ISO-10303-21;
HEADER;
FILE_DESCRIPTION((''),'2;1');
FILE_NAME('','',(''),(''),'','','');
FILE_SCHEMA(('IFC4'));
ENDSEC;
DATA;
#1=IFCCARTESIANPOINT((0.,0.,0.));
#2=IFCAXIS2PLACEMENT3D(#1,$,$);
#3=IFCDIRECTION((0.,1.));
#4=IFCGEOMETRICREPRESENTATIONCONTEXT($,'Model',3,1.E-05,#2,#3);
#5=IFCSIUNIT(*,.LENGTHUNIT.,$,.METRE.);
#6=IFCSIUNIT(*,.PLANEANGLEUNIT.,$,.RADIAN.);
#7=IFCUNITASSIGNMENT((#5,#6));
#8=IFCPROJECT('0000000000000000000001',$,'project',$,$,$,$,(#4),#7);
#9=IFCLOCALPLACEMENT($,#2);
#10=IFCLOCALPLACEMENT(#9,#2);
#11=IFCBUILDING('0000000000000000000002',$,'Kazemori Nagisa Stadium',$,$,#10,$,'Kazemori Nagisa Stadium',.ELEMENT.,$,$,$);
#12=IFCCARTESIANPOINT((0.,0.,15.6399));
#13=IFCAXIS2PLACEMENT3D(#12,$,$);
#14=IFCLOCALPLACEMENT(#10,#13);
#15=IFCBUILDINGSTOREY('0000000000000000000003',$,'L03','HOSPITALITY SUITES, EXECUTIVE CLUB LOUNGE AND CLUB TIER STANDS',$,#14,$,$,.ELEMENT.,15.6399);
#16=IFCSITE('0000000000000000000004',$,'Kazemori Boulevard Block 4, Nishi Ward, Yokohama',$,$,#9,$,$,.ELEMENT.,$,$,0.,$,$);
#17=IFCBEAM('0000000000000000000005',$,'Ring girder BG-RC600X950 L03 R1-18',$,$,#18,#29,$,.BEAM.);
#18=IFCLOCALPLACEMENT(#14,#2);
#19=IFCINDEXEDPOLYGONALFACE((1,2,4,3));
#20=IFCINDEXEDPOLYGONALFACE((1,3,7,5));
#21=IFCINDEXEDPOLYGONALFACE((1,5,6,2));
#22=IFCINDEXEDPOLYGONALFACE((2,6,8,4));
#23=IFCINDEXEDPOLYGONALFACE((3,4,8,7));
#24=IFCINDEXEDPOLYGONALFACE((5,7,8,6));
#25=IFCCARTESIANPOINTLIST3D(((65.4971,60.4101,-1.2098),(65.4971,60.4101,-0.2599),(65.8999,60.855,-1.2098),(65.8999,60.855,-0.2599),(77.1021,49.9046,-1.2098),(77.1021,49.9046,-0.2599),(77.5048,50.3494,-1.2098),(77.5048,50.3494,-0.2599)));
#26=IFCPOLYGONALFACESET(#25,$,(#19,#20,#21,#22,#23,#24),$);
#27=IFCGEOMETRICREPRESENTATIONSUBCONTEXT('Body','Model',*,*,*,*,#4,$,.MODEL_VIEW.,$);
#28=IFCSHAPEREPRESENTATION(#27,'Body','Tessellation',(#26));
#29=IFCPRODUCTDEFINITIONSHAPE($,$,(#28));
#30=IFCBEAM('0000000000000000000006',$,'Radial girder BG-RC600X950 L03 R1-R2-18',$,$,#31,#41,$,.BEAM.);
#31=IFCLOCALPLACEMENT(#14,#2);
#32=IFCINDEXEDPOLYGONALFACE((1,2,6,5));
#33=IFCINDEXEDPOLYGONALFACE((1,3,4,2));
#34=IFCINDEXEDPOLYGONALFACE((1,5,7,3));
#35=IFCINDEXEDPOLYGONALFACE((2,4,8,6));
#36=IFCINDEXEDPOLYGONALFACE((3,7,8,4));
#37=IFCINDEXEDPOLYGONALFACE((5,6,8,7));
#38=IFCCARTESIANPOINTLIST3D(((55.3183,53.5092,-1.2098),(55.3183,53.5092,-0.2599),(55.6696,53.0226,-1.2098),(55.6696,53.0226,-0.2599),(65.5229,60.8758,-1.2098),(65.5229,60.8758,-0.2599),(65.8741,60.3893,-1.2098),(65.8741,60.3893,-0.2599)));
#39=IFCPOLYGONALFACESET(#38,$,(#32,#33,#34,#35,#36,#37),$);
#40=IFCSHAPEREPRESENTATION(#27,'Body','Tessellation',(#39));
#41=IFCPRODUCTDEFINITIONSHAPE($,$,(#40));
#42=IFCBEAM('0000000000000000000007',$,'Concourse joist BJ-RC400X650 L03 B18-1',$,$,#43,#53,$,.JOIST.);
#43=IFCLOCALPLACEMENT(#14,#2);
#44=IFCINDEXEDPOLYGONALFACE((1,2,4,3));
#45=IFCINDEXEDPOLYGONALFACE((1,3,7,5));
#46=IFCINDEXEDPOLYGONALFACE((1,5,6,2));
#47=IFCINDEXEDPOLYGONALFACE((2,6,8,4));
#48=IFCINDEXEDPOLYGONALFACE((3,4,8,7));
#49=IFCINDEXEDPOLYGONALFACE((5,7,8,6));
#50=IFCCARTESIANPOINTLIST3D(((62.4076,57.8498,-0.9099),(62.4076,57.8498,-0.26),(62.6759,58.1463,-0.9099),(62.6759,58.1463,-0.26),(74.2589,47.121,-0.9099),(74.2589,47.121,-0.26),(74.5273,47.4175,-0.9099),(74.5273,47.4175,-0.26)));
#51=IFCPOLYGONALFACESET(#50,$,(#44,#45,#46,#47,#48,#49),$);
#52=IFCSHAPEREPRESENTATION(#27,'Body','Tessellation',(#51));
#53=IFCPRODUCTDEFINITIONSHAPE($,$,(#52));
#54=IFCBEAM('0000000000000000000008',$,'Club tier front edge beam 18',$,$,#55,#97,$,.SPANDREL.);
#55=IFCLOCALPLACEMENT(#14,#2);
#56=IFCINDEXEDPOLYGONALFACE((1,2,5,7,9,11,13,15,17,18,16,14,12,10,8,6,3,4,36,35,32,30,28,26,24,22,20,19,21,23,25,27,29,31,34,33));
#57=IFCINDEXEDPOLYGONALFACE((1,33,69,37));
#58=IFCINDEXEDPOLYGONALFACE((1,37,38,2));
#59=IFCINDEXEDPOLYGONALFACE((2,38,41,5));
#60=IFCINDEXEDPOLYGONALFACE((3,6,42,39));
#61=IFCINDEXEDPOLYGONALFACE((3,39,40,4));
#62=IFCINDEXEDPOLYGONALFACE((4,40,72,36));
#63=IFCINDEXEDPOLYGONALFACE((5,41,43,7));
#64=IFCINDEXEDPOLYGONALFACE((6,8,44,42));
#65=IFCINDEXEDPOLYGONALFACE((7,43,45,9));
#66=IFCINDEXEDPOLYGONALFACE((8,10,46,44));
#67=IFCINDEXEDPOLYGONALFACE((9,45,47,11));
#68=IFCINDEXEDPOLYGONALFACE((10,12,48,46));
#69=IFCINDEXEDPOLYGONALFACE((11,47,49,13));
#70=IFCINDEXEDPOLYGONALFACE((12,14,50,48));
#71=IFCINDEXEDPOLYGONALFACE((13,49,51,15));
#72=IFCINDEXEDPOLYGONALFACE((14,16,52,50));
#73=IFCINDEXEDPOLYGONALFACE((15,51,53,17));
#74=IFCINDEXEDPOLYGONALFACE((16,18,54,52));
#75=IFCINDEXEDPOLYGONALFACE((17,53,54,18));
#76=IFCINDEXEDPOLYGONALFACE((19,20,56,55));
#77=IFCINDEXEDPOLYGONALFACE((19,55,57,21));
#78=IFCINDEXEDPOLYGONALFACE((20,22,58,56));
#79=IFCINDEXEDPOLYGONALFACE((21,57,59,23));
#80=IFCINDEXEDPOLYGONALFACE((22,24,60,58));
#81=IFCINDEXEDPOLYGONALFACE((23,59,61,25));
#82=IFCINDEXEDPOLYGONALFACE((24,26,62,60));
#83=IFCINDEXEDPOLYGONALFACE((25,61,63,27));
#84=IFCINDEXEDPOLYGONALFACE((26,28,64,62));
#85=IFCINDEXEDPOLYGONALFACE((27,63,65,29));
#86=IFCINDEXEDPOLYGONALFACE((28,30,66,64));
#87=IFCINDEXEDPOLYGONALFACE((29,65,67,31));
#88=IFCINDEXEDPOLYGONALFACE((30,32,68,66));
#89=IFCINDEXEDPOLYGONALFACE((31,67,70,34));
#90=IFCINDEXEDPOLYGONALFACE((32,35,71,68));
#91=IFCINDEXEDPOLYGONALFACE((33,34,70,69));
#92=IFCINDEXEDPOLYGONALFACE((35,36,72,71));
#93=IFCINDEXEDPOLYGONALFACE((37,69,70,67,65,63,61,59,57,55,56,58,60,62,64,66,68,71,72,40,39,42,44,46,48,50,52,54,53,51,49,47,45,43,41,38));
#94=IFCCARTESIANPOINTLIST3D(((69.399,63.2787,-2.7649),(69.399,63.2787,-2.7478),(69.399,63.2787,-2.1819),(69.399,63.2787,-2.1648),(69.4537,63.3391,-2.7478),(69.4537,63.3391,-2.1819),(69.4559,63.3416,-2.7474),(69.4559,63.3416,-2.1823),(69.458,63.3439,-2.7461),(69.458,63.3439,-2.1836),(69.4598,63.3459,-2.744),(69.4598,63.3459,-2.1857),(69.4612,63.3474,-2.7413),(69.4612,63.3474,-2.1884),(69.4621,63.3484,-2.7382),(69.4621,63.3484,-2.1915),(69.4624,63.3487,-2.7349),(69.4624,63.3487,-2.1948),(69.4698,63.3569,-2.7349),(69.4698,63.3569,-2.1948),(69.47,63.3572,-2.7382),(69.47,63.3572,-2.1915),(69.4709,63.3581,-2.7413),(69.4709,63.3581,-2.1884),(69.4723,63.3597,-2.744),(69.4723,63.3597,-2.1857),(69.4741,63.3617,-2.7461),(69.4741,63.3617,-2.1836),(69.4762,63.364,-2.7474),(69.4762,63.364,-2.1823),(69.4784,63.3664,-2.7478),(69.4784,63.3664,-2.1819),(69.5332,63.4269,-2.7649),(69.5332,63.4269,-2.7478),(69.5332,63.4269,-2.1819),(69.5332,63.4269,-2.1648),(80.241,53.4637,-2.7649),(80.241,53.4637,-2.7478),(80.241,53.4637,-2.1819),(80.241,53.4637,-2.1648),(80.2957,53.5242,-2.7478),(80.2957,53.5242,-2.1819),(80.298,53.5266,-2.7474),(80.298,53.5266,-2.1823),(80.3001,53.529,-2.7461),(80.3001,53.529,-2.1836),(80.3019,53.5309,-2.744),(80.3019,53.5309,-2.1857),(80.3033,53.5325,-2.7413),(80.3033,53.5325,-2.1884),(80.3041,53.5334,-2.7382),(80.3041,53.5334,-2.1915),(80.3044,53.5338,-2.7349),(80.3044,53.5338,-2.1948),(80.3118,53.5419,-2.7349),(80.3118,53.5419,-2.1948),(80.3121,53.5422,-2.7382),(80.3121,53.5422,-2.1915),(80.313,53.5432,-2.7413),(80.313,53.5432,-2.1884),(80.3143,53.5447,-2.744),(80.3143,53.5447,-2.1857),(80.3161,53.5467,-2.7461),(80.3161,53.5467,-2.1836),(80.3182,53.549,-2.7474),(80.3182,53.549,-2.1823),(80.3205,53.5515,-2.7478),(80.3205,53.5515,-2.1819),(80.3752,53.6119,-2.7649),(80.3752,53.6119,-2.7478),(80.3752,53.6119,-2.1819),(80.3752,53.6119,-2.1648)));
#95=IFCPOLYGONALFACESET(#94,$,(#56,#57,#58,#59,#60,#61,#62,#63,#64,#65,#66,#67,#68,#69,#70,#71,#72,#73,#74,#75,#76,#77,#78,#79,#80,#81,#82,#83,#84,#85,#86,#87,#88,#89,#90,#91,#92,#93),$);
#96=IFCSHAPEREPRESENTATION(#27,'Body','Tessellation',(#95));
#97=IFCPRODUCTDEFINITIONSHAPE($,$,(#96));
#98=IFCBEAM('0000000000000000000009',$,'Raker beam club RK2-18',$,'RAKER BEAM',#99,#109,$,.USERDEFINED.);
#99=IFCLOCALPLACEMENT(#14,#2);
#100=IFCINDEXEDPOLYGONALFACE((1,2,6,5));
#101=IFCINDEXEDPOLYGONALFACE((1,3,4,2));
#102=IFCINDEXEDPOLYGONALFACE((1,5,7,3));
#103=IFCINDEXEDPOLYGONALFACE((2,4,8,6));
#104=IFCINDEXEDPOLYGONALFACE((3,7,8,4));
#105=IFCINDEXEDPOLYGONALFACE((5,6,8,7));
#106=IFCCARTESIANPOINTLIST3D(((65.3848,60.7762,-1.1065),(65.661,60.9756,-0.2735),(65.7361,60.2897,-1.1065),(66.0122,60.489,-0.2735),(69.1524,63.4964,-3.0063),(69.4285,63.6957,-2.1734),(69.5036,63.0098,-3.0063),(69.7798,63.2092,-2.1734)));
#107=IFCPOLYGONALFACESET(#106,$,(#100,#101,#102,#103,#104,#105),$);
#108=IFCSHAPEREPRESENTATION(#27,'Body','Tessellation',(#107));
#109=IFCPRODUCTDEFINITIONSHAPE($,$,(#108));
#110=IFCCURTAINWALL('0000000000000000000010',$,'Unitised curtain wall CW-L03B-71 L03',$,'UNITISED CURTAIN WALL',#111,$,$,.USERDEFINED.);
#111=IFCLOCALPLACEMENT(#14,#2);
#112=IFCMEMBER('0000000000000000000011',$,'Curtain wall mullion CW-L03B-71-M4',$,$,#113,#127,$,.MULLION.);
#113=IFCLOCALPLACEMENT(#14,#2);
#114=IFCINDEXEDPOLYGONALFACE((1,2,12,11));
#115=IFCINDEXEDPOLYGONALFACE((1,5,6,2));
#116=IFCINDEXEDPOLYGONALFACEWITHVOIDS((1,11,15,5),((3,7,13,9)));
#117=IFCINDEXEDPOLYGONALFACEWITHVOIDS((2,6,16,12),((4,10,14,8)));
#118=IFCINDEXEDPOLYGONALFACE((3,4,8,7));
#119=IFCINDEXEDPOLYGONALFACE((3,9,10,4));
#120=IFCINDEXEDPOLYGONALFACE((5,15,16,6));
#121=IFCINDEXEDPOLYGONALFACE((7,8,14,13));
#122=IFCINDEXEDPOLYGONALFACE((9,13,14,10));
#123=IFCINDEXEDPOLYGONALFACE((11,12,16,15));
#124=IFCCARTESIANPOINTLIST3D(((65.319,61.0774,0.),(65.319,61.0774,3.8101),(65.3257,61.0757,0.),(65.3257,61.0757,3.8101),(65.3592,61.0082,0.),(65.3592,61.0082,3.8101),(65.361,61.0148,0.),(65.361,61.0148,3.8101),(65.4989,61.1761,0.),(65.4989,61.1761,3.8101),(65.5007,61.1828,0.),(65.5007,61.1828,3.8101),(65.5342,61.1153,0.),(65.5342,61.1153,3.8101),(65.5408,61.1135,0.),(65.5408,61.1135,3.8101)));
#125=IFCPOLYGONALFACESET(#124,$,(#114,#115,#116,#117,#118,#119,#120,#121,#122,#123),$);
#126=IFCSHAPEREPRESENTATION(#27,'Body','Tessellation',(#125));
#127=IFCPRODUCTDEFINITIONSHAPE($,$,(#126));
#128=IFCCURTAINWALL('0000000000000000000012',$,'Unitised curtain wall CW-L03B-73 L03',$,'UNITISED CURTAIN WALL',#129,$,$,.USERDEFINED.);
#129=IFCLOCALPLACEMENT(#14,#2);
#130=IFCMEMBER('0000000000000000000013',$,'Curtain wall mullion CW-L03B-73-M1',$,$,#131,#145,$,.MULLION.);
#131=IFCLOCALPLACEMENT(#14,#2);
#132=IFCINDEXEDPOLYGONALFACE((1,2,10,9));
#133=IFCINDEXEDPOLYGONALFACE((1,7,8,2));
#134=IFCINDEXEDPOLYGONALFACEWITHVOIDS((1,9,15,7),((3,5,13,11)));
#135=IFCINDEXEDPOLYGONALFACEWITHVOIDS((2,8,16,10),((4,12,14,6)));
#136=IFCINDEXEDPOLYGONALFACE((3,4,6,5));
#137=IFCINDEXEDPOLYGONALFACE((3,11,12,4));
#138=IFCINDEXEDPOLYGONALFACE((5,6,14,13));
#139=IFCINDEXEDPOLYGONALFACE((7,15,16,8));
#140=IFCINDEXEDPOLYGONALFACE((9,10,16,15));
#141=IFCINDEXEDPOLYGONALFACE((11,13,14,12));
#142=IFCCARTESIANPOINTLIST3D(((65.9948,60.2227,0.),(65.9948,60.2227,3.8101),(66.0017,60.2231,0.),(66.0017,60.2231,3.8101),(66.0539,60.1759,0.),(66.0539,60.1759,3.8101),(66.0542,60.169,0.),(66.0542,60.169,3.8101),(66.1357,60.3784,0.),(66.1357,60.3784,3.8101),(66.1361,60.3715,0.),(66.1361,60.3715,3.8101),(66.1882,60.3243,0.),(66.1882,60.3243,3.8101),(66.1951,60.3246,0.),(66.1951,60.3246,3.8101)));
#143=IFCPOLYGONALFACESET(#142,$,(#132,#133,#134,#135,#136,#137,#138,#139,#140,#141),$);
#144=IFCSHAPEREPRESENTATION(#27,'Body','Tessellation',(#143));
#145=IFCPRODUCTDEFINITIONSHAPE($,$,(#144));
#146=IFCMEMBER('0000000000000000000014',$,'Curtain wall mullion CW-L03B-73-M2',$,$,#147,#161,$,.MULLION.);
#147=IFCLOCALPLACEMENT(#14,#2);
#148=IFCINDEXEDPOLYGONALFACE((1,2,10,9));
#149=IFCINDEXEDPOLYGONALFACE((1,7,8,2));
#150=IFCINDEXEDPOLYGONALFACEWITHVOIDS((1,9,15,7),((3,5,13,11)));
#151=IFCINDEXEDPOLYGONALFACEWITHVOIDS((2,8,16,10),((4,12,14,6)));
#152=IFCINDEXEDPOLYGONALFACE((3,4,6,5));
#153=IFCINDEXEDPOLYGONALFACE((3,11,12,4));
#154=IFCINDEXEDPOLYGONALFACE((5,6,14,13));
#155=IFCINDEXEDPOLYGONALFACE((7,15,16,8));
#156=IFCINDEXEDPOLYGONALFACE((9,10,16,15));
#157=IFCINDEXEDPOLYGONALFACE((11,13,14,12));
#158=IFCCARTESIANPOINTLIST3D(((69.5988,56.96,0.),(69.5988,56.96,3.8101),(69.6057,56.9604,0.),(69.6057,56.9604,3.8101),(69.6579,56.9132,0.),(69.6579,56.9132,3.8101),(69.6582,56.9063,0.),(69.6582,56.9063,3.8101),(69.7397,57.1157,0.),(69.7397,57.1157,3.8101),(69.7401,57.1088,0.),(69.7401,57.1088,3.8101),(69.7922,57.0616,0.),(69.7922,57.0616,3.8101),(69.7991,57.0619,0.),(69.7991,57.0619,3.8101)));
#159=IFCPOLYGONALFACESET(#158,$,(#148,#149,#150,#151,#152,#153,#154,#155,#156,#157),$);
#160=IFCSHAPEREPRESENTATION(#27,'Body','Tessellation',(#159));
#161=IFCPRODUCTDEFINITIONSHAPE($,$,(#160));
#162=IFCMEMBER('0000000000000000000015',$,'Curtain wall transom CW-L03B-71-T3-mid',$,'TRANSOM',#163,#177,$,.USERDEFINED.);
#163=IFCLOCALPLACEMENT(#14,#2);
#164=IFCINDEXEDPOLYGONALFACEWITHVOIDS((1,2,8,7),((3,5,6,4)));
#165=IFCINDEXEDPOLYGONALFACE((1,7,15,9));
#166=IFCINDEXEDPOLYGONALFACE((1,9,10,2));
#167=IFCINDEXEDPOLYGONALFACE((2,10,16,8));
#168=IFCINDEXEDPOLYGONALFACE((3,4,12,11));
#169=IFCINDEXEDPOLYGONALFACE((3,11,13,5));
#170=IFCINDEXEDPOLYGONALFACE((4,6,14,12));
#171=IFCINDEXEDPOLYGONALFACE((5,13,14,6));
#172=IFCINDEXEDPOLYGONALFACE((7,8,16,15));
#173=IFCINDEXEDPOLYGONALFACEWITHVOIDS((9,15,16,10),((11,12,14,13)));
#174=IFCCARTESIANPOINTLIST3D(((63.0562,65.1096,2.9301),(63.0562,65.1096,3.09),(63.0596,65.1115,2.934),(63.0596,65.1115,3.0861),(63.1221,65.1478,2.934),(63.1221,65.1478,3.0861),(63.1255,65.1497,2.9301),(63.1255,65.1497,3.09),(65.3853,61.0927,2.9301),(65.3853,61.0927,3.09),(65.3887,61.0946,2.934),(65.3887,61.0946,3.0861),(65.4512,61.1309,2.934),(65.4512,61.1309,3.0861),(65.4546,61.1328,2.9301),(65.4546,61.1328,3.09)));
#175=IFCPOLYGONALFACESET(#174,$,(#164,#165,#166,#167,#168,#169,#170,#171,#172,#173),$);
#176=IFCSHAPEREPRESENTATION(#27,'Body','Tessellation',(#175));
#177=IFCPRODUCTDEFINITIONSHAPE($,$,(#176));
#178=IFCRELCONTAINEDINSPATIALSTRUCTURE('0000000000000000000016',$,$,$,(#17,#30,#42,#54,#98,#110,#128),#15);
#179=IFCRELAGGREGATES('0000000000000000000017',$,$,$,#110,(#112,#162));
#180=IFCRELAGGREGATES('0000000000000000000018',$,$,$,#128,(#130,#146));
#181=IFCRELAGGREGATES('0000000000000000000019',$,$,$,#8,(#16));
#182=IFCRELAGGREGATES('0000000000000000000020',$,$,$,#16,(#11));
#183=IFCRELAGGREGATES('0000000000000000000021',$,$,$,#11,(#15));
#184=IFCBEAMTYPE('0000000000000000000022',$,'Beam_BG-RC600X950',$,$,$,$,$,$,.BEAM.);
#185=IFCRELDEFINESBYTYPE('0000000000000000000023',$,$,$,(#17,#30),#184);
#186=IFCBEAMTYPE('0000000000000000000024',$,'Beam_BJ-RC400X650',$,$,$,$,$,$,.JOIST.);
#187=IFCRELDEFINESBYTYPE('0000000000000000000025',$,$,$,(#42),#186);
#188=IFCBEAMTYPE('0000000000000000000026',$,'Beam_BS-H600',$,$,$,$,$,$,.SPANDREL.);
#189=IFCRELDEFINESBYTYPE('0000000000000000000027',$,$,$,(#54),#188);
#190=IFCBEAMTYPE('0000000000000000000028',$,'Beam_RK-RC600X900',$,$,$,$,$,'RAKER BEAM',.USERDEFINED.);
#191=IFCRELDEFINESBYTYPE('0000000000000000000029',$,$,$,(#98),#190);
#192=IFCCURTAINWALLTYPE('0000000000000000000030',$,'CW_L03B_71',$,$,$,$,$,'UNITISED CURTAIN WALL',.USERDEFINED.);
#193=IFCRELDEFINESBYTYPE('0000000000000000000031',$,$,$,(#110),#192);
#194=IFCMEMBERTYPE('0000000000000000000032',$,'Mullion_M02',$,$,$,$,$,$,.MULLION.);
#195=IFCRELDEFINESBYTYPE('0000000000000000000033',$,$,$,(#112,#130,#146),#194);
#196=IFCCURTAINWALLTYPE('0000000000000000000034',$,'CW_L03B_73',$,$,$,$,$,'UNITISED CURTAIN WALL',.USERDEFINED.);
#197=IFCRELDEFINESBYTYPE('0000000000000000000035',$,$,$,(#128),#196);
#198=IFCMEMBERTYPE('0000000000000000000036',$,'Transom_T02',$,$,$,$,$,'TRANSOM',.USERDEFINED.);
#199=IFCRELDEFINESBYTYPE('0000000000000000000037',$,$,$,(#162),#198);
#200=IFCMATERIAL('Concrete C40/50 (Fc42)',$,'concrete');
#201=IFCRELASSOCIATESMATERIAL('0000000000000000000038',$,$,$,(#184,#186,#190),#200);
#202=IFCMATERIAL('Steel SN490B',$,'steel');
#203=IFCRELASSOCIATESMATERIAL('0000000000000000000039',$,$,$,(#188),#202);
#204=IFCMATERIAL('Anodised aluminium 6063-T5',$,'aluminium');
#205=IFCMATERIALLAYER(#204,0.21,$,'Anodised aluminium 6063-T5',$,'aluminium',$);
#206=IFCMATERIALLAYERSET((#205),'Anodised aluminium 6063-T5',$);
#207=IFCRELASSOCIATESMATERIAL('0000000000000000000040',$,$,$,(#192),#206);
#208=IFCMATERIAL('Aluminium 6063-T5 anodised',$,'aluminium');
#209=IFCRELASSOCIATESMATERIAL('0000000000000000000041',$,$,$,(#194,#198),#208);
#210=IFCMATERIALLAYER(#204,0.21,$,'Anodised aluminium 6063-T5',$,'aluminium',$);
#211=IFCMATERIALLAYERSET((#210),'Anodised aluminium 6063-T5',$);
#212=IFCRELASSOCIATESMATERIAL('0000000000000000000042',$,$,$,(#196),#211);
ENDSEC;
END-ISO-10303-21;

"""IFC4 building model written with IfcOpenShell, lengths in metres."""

from ifc_helpers import new_model, si_unit, direction, frame, origin, origin_2d, place, context, subcontext, project, spatial, rectangle, hollow_rectangle, i_section, extrude, material, layer, layer_set, material_profile, profile_set, type_object, element, aggregate, save


model = new_model("IFC4")

# Units and contexts
model_context = context("Model", 3, precision=1e-05, world=origin(), true_north=direction((0.0, 1.0)))
body_context = subcontext(model_context, "Body", "Model", "MODEL_VIEW")
ifc_project = project(units=[si_unit("LENGTHUNIT", "METRE"), si_unit("PLANEANGLEUNIT", "RADIAN")], contexts=[model_context])

# Site, building, storey
site_placement = place(None, origin())
site = spatial("IfcSite", under=ifc_project, at=site_placement, Name="Kazemori Boulevard Block 4, Nishi Ward, Yokohama", CompositionType="ELEMENT", RefElevation=0.0)
building_placement = place(site_placement, origin())
building = spatial("IfcBuilding", under=site, at=building_placement, Name="Kazemori Nagisa Stadium", LongName="Kazemori Nagisa Stadium", CompositionType="ELEMENT")
storey_placement = place(building_placement, frame((0.0, 0.0, 15.6399)))
storey = spatial("IfcBuildingStorey", under=building, at=storey_placement, Name="L03", Description="HOSPITALITY SUITES, EXECUTIVE CLUB LOUNGE AND CLUB TIER STANDS", CompositionType="ELEMENT", Elevation=15.6399)

# Shared definitions
ifc_material_1 = material(Name="Concrete C40/50 (Fc42)", Category="concrete")

# Beams
ifc_material_profile_1 = material_profile(ifc_material_1, rectangle(XDim=0.6001, YDim=0.95, at=origin_2d()), Name="RC-BM-600x950")
ifc_profile_set_1 = profile_set([ifc_material_profile_1], Name="Concrete C40/50 (Fc42)")
beam_type_1 = type_object("IfcBeamType", Name="Beam_BG-RC600X950", PredefinedType="BEAM", material=ifc_profile_set_1)
beam_1_placement = place(storey_placement, frame((65.6985, 60.6326, -0.7349), z_axis=(0.741349, -0.67112, 0.0), x_axis=(0.67112, 0.741349, 0.0)))
element("IfcBeam", 1, at=beam_1_placement, inside=storey, type_object=beam_type_1, Name="Ring girder BG-RC600X950 L03 R1-18", PredefinedType="BEAM", context=body_context, shape_type="SweptSolid", body=[
    extrude(rectangle(XDim=0.6001, YDim=0.95, at=origin_2d()), origin(), (0.0, 0.0, 1.0), 15.6538),
])
beam_2_placement = place(storey_placement, frame((65.6985, 60.6326, -0.7349), z_axis=(-0.810803, -0.585319, 0.0), x_axis=(0.585319, -0.810803, 0.0)))
element("IfcBeam", 2, at=beam_2_placement, inside=storey, type_object=beam_type_1, Name="Radial girder BG-RC600X950 L03 R1-R2-18", PredefinedType="BEAM", context=body_context, shape_type="SweptSolid", body=[
    extrude(rectangle(XDim=0.6001, YDim=0.95, at=origin_2d()), origin(), (0.0, 0.0, 1.0), 12.5857),
])
ifc_material_profile_2 = material_profile(ifc_material_1, rectangle(XDim=0.3999, YDim=0.6499, at=origin_2d()), Name="RC-BM-400x650")
ifc_profile_set_2 = profile_set([ifc_material_profile_2], Name="Concrete C40/50 (Fc42)")
beam_type_2 = type_object("IfcBeamType", Name="Beam_BJ-RC400X650", PredefinedType="JOIST", material=ifc_profile_set_2)
beam_3_placement = place(storey_placement, frame((62.5417, 57.998, -0.585), z_axis=(0.741345, -0.671124, 0.0), x_axis=(0.671124, 0.741345, 0.0)))
element("IfcBeam", 3, at=beam_3_placement, inside=storey, type_object=beam_type_2, Name="Concourse joist BJ-RC400X650 L03 B18-1", PredefinedType="JOIST", context=body_context, shape_type="SweptSolid", body=[
    extrude(rectangle(XDim=0.3999, YDim=0.6499, at=origin_2d()), origin(), (0.0, 0.0, 1.0), 15.9863),
])
ifc_material_2 = material(Name="Steel SN490B", Category="steel")
ifc_material_profile_3 = material_profile(ifc_material_2, i_section(OverallWidth=0.2, OverallDepth=0.6001, WebThickness=0.011, FlangeThickness=0.0171, FilletRadius=0.0129, at=origin_2d()), Name="H-600x200x11x17")
ifc_profile_set_3 = profile_set([ifc_material_profile_3], Name="Steel SN490B")
beam_type_3 = type_object("IfcBeamType", Name="Beam_BS-H600", PredefinedType="SPANDREL", material=ifc_profile_set_3)
beam_4_placement = place(storey_placement, frame((69.4661, 63.3528, -2.4648), z_axis=(0.741349, -0.671119, 0.0), x_axis=(0.671119, 0.741349, 0.0)))
element("IfcBeam", 4, at=beam_4_placement, inside=storey, type_object=beam_type_3, Name="Club tier front edge beam 18", PredefinedType="SPANDREL", context=body_context, shape_type="SweptSolid", body=[
    extrude(i_section(OverallWidth=0.2, OverallDepth=0.6001, WebThickness=0.011, FlangeThickness=0.0171, FilletRadius=0.0129, at=origin_2d()), origin(), (0.0, 0.0, 1.0), 14.6248),
])
ifc_material_profile_4 = material_profile(ifc_material_1, rectangle(XDim=0.6001, YDim=0.8999, at=origin_2d()), Name="RC-RK-600x900")
ifc_profile_set_4 = profile_set([ifc_material_profile_4], Name="Concrete C40/50 (Fc42)")
beam_type_4 = type_object("IfcBeamType", Name="Beam_RK-RC600X900", ElementType="RAKER BEAM", PredefinedType="USERDEFINED", material=ifc_profile_set_4)
beam_5_placement = place(storey_placement, frame((69.4661, 63.3528, -2.5898), z_axis=(-0.750462, -0.541838, 0.378441), x_axis=(0.585375, -0.810762, 0.0)))
element("IfcBeam", 5, at=beam_5_placement, inside=storey, type_object=beam_type_4, Name="Raker beam club RK2-18", ObjectType="RAKER BEAM", PredefinedType="USERDEFINED", context=body_context, shape_type="SweptSolid", body=[
    extrude(rectangle(XDim=0.6001, YDim=0.8999, at=origin_2d()), origin(), (0.0, 0.0, 1.0), 5.0203),
])

# Curtain wall, member
ifc_material_3 = material(Name="Anodised aluminium 6063-T5", Category="aluminium")
ifc_layer_1 = layer(ifc_material_3, 0.21, Name="Anodised aluminium 6063-T5", Category="aluminium")
ifc_layer_set_1 = layer_set([ifc_layer_1], Name="Anodised aluminium 6063-T5")
curtain_wall_type_1 = type_object("IfcCurtainWallType", Name="CW_L03B_71", ElementType="UNITISED CURTAIN WALL", PredefinedType="USERDEFINED", material=ifc_layer_set_1)
curtain_wall_1_placement = place(storey_placement, origin())
curtain_wall_1 = element("IfcCurtainWall", 6, at=curtain_wall_1_placement, inside=storey, type_object=curtain_wall_type_1, Name="Unitised curtain wall CW-L03B-71 L03", ObjectType="UNITISED CURTAIN WALL", PredefinedType="USERDEFINED")
ifc_material_4 = material(Name="Aluminium 6063-T5 anodised", Category="aluminium")
ifc_material_profile_5 = material_profile(ifc_material_4, hollow_rectangle(XDim=0.0801, YDim=0.21, WallThickness=0.0049, at=origin_2d()), Name="ALU-MULL-80x210x5")
ifc_profile_set_5 = profile_set([ifc_material_profile_5], Name="Aluminium 6063-T5 anodised")
member_type_1 = type_object("IfcMemberType", Name="Mullion_M02", PredefinedType="MULLION", material=ifc_profile_set_5)
member_1_placement = place(storey_placement, frame((65.4299, 61.0955, 0.0), z_axis=(0.0, 0.0, 1.0), x_axis=(0.501612, -0.865093, 0.0)))
member_1 = element("IfcMember", 7, at=member_1_placement, type_object=member_type_1, Name="Curtain wall mullion CW-L03B-71-M4", PredefinedType="MULLION", context=body_context, shape_type="SweptSolid", body=[
    extrude(hollow_rectangle(XDim=0.0801, YDim=0.21, WallThickness=0.0049, at=origin_2d()), origin(), (0.0, 0.0, 1.0), 3.8101),
])

# Curtain wall, members
ifc_layer_2 = layer(ifc_material_3, 0.21, Name="Anodised aluminium 6063-T5", Category="aluminium")
ifc_layer_set_2 = layer_set([ifc_layer_2], Name="Anodised aluminium 6063-T5")
curtain_wall_type_2 = type_object("IfcCurtainWallType", Name="CW_L03B_73", ElementType="UNITISED CURTAIN WALL", PredefinedType="USERDEFINED", material=ifc_layer_set_2)
curtain_wall_2_placement = place(storey_placement, origin())
curtain_wall_2 = element("IfcCurtainWall", 8, at=curtain_wall_2_placement, inside=storey, type_object=curtain_wall_type_2, Name="Unitised curtain wall CW-L03B-73 L03", ObjectType="UNITISED CURTAIN WALL", PredefinedType="USERDEFINED")
member_2_placement = place(storey_placement, frame((66.095, 60.2737, 0.0), z_axis=(0.0, 0.0, 1.0), x_axis=(0.741351, -0.671118, 0.0)))
member_2 = element("IfcMember", 9, at=member_2_placement, type_object=member_type_1, Name="Curtain wall mullion CW-L03B-73-M1", PredefinedType="MULLION", context=body_context, shape_type="SweptSolid", body=[
    extrude(hollow_rectangle(XDim=0.0801, YDim=0.21, WallThickness=0.0049, at=origin_2d()), origin(), (0.0, 0.0, 1.0), 3.8101),
])
member_3_placement = place(storey_placement, frame((69.699, 57.011, 0.0), z_axis=(0.0, 0.0, 1.0), x_axis=(0.741351, -0.671118, 0.0)))
member_3 = element("IfcMember", 10, at=member_3_placement, type_object=member_type_1, Name="Curtain wall mullion CW-L03B-73-M2", PredefinedType="MULLION", context=body_context, shape_type="SweptSolid", body=[
    extrude(hollow_rectangle(XDim=0.0801, YDim=0.21, WallThickness=0.0049, at=origin_2d()), origin(), (0.0, 0.0, 1.0), 3.8101),
])

# Member
ifc_material_profile_6 = material_profile(ifc_material_4, hollow_rectangle(XDim=0.0801, YDim=0.1599, WallThickness=0.0039, at=origin_2d()), Name="ALU-TRAN-80x160x4")
ifc_profile_set_6 = profile_set([ifc_material_profile_6], Name="Aluminium 6063-T5 anodised")
member_type_2 = type_object("IfcMemberType", Name="Transom_T02", ElementType="TRANSOM", PredefinedType="USERDEFINED", material=ifc_profile_set_6)
member_4_placement = place(storey_placement, frame((63.0908, 65.1296, 3.01), z_axis=(0.50161, -0.865094, 0.0), x_axis=(0.865094, 0.50161, 0.0)))
member_4 = element("IfcMember", 11, at=member_4_placement, type_object=member_type_2, Name="Curtain wall transom CW-L03B-71-T3-mid", ObjectType="TRANSOM", PredefinedType="USERDEFINED", context=body_context, shape_type="SweptSolid", body=[
    extrude(hollow_rectangle(XDim=0.0801, YDim=0.1599, WallThickness=0.0039, at=origin_2d()), origin(), (0.0, 0.0, 1.0), 4.6433),
])

aggregate(curtain_wall_1, [member_1, member_4])
aggregate(curtain_wall_2, [member_2, member_3])

save(model, "model.ifc")
